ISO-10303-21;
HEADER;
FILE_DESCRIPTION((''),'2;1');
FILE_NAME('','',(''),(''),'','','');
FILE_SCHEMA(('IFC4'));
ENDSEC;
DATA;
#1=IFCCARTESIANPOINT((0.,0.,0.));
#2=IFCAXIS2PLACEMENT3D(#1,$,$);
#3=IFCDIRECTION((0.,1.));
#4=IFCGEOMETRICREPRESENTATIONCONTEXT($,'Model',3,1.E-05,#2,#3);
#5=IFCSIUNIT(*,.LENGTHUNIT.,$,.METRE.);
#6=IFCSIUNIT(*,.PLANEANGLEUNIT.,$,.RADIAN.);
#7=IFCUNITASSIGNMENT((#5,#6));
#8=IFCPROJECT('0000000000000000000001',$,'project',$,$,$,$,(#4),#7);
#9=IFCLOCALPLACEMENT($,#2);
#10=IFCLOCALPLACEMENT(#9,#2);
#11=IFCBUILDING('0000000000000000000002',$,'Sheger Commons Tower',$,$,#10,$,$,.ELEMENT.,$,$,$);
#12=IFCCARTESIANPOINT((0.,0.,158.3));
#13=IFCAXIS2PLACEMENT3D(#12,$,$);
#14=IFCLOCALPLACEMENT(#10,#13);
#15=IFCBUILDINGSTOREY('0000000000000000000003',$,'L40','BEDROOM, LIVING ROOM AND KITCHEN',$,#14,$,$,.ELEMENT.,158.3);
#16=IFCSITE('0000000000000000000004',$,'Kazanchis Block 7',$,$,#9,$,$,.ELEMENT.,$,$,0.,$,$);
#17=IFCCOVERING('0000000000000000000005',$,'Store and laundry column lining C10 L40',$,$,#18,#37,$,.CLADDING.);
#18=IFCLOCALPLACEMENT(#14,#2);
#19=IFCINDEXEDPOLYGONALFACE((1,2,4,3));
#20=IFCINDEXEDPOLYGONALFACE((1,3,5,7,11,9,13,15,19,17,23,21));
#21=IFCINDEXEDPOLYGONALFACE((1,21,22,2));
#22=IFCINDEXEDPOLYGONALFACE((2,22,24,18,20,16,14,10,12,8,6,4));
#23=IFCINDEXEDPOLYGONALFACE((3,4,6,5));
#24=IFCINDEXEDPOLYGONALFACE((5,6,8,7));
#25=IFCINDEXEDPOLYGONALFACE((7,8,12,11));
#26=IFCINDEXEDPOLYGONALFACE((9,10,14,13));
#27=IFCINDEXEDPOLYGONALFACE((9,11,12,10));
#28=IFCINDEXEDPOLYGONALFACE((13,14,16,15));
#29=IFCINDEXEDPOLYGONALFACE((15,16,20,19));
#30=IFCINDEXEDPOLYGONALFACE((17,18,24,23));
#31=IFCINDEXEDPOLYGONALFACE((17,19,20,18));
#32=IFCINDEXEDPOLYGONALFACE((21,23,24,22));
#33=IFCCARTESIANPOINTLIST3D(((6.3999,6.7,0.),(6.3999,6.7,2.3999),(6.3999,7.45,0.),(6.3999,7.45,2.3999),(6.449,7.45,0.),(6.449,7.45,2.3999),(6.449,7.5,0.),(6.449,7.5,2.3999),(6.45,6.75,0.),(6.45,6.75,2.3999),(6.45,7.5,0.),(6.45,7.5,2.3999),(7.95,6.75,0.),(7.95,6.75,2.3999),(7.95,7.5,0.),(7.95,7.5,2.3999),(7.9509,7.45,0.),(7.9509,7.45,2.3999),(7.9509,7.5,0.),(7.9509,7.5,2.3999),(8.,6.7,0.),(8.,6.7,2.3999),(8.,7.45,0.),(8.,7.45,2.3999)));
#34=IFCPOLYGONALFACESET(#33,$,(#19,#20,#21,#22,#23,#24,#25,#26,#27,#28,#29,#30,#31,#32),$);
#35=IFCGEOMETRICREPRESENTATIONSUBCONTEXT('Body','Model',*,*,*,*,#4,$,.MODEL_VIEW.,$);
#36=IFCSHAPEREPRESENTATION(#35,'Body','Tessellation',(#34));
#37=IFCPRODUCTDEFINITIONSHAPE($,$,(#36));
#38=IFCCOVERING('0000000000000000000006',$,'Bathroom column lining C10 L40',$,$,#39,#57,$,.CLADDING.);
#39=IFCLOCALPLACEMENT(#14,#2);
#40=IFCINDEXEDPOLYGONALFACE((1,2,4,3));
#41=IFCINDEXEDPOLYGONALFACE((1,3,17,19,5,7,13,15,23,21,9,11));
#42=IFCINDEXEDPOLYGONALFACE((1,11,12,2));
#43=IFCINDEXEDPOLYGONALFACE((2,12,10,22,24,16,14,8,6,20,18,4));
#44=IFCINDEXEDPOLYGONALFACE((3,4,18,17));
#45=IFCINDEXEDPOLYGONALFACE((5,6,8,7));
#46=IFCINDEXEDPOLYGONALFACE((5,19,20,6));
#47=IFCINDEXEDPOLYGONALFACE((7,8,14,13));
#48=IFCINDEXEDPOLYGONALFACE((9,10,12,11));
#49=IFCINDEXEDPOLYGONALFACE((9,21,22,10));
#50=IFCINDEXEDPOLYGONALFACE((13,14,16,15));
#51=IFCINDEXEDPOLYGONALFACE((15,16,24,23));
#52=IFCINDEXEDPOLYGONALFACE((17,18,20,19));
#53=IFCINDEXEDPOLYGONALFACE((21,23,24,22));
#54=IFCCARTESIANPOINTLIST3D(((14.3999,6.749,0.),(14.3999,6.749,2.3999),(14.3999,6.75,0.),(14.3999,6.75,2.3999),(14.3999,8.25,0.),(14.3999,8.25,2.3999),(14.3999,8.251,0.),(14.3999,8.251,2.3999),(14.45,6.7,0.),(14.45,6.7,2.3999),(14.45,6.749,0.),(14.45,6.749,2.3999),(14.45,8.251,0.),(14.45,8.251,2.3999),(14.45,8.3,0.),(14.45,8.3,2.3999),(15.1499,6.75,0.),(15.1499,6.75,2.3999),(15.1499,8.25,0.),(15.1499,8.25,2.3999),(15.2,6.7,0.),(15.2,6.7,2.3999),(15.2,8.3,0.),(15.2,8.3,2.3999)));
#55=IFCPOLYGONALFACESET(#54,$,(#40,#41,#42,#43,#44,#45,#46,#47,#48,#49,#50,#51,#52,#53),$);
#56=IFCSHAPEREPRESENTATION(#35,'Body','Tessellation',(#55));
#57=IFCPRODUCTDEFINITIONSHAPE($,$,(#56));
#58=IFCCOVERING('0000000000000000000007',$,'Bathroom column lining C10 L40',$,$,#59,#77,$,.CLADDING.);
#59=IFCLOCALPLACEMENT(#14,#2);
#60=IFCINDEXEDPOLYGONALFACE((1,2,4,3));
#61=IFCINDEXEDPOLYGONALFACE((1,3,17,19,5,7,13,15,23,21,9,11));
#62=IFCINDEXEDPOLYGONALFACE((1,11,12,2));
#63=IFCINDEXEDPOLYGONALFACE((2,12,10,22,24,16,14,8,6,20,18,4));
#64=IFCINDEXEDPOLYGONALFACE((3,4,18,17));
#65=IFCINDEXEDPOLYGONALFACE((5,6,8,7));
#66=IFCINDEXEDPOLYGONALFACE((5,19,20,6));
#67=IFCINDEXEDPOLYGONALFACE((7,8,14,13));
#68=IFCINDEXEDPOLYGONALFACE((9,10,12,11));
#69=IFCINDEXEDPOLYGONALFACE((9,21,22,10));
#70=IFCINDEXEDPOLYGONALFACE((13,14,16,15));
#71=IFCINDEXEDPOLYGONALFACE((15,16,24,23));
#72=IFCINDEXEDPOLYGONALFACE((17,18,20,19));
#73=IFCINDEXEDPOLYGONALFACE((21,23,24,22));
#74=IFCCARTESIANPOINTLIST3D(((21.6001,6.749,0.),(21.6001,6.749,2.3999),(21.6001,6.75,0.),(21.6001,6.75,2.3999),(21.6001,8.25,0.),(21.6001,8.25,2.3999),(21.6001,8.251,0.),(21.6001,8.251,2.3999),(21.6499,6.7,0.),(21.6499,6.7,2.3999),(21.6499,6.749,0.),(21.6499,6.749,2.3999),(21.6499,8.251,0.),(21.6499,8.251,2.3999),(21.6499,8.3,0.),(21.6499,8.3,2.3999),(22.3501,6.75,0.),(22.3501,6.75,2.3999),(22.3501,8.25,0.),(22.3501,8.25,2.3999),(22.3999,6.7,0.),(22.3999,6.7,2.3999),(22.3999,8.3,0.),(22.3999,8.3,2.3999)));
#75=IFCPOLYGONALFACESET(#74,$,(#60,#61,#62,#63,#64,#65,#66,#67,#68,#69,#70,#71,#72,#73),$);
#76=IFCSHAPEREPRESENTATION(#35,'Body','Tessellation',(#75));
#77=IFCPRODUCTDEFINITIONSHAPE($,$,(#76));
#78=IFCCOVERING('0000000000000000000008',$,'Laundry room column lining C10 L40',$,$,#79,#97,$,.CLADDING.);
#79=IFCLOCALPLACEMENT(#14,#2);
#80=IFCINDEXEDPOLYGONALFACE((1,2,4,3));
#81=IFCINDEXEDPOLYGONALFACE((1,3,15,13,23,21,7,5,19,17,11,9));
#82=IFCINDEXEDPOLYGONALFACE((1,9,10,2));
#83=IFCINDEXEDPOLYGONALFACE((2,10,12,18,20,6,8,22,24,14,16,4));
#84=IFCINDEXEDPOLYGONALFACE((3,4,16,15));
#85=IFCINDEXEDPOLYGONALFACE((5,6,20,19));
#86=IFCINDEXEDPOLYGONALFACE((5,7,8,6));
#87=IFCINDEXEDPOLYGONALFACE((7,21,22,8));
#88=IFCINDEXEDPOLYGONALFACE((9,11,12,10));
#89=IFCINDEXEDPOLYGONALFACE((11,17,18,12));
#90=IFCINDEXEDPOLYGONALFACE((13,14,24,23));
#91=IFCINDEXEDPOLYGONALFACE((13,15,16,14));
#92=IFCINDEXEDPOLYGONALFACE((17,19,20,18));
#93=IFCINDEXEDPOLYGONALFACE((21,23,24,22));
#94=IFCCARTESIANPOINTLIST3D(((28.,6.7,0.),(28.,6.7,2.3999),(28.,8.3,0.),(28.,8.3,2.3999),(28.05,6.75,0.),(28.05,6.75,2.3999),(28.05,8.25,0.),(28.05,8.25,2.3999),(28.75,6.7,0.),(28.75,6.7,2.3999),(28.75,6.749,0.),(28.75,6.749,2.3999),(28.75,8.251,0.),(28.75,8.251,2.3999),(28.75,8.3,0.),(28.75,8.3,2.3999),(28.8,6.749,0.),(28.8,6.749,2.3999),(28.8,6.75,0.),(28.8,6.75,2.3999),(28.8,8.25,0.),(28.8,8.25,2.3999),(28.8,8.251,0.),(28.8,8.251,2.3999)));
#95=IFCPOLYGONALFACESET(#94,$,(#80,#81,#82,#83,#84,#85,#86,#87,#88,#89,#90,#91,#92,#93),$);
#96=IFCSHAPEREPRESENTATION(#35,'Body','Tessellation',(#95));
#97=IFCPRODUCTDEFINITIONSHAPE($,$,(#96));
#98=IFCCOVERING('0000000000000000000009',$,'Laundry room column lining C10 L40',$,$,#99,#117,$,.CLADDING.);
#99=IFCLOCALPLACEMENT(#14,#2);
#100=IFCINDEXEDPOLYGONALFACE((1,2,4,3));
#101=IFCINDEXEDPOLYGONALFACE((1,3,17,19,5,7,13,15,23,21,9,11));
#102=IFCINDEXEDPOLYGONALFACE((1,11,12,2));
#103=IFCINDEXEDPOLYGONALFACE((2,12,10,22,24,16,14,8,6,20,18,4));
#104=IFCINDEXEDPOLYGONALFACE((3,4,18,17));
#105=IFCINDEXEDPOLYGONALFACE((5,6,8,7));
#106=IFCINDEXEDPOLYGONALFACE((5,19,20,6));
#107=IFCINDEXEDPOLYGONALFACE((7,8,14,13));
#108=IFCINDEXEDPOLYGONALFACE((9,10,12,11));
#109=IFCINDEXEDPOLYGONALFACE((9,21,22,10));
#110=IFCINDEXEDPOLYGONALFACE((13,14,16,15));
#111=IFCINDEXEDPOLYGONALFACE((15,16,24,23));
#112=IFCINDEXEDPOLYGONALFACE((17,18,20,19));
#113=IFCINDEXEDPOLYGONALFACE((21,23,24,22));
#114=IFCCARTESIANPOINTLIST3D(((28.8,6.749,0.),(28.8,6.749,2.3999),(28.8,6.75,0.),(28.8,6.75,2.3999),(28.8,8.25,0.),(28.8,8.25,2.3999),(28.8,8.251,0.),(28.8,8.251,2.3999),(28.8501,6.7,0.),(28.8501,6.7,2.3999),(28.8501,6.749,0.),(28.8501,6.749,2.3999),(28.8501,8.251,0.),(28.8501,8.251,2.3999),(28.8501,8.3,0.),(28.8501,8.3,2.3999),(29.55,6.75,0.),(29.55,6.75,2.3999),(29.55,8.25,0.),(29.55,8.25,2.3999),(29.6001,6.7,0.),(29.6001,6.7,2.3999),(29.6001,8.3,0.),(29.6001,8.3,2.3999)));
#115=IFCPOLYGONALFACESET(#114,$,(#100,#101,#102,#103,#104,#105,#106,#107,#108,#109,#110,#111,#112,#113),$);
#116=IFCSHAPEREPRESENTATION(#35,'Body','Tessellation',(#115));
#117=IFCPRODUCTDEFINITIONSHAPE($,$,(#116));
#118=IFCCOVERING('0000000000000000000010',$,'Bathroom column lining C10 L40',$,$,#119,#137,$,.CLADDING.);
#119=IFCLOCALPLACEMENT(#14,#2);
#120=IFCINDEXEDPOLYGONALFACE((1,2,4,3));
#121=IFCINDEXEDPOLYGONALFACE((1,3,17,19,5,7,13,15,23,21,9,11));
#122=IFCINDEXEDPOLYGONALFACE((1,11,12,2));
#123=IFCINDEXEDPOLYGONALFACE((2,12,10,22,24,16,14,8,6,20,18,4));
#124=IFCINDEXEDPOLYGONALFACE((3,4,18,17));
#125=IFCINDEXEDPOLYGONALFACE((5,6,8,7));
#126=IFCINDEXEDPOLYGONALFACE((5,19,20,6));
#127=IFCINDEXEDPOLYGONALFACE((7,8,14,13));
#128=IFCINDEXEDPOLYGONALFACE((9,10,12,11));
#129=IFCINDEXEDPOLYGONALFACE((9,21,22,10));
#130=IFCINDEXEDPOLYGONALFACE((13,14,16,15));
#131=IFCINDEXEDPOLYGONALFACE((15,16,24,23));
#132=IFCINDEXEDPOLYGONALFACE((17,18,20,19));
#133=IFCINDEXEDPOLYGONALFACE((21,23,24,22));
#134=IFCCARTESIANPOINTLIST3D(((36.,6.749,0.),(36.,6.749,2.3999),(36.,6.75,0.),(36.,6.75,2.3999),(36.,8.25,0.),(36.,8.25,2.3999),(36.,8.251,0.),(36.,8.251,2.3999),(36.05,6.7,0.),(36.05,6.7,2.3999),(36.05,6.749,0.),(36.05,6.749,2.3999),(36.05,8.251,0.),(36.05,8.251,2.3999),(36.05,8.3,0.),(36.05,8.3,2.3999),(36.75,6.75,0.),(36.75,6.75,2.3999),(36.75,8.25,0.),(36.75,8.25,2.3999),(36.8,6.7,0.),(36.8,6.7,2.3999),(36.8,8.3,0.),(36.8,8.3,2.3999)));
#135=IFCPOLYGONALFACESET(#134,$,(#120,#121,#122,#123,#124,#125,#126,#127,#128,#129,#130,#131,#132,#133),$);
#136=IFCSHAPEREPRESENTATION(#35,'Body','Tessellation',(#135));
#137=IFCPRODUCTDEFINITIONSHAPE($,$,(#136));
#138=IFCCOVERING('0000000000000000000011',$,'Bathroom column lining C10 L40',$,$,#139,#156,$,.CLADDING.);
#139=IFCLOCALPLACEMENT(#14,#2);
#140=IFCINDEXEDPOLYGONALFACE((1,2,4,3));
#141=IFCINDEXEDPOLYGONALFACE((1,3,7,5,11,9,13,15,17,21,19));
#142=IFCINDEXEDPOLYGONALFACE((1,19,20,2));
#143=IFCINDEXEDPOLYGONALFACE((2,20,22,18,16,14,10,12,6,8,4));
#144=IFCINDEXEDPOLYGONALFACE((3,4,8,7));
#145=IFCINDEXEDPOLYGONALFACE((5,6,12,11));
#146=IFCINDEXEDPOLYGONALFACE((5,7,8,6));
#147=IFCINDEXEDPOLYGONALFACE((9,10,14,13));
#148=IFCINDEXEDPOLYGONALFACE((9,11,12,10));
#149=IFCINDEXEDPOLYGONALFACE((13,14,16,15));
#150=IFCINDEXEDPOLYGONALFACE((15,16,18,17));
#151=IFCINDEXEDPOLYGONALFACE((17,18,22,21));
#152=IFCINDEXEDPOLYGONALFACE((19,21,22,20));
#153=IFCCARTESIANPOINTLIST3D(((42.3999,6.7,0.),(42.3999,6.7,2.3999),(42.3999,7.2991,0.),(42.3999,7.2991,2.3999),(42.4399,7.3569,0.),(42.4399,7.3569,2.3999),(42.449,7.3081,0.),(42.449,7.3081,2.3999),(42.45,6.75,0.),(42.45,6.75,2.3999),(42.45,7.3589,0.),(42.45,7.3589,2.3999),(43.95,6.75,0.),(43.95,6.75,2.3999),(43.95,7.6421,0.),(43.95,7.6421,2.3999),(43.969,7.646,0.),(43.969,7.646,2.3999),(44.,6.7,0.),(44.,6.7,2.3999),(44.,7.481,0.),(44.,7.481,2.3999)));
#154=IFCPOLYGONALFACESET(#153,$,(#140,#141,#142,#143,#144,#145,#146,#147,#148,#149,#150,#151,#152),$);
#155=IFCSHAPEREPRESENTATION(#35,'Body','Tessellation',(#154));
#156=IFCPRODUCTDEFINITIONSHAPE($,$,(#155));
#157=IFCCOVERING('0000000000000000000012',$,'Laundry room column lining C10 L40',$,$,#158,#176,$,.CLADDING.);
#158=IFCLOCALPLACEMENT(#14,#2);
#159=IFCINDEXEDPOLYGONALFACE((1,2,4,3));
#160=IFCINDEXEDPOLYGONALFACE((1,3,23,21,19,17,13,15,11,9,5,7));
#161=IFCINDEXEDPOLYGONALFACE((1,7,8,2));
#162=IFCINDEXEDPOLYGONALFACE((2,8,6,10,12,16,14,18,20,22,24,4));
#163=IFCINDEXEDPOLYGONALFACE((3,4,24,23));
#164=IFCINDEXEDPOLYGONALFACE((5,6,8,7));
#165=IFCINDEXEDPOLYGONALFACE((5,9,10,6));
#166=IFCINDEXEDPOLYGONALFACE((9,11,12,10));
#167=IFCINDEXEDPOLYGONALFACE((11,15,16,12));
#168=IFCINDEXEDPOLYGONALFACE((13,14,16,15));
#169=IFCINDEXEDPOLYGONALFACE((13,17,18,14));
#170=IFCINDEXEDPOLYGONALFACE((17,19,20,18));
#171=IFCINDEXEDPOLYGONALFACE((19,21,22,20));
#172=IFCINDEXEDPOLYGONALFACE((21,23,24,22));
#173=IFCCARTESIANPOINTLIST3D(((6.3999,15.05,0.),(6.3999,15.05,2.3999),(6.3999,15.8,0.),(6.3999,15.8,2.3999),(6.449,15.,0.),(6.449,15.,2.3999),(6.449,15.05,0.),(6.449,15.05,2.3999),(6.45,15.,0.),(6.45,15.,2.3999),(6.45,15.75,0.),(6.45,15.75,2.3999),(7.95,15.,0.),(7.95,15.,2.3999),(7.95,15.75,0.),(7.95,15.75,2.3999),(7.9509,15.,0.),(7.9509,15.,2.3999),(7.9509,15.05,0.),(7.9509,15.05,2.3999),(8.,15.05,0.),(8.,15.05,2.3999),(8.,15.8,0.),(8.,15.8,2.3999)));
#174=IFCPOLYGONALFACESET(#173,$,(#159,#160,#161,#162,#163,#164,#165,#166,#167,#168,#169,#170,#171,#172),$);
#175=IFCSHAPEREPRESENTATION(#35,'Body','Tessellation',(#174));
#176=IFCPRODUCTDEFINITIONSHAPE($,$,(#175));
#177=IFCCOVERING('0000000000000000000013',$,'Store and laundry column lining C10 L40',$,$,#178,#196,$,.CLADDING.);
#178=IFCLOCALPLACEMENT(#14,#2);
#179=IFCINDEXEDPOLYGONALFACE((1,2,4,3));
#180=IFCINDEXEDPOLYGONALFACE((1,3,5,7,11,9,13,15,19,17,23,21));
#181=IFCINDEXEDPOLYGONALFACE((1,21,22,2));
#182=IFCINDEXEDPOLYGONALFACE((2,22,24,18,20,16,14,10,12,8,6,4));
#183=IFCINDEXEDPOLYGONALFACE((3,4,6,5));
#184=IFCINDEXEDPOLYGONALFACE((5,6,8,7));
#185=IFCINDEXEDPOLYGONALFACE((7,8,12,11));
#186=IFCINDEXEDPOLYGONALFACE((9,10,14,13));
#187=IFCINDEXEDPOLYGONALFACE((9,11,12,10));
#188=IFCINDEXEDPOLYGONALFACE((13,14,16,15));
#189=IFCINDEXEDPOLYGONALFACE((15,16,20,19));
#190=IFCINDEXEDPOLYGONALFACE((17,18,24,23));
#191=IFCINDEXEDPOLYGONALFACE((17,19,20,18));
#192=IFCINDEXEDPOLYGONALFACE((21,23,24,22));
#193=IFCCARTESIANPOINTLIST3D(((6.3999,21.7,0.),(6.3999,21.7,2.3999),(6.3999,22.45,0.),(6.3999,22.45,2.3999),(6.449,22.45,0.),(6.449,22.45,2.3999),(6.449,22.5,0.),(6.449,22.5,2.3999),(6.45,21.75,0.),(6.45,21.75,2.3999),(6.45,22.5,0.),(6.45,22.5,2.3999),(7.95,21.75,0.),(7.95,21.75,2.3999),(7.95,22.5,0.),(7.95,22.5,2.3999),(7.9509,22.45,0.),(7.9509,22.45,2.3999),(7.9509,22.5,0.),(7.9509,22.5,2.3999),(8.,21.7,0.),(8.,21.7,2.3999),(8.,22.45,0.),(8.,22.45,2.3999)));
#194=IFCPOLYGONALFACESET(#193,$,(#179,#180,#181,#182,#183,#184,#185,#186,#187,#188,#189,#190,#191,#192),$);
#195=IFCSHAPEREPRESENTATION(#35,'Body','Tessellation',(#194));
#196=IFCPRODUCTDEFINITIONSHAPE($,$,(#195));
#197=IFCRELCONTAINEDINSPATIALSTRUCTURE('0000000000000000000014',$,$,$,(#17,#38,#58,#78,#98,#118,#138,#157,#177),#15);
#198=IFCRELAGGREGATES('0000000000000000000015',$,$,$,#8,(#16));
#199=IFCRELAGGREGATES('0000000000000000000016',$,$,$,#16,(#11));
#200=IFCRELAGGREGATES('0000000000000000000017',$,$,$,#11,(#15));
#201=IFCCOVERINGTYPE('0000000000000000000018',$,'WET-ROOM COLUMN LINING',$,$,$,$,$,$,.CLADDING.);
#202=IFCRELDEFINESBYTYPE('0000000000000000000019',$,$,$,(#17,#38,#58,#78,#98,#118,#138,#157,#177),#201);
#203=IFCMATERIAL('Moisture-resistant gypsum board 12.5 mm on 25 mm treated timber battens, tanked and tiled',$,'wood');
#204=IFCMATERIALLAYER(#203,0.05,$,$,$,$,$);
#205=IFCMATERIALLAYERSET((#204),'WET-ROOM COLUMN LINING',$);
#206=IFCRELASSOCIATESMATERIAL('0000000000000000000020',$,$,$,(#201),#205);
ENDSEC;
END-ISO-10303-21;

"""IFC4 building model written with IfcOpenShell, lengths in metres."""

from ifc_helpers import new_model, si_unit, direction, frame, origin, place, context, subcontext, project, spatial, polyline, outline, extrude, material, layer, layer_set, type_object, element, save


model = new_model("IFC4")

# Units and contexts
model_context = context("Model", 3, precision=1e-05, world=origin(), true_north=direction((0.0, 1.0)))
body_context = subcontext(model_context, "Body", "Model", "MODEL_VIEW")
ifc_project = project(units=[si_unit("LENGTHUNIT", "METRE"), si_unit("PLANEANGLEUNIT", "RADIAN")], contexts=[model_context])

# Site, building, storey
site_placement = place(None, origin())
site = spatial("IfcSite", under=ifc_project, at=site_placement, Name="Kazanchis Block 7", CompositionType="ELEMENT", RefElevation=0.0)
building_placement = place(site_placement, origin())
building = spatial("IfcBuilding", under=site, at=building_placement, Name="Sheger Commons Tower", CompositionType="ELEMENT")
storey_placement = place(building_placement, frame((0.0, 0.0, 158.3)))
storey = spatial("IfcBuildingStorey", under=building, at=storey_placement, Name="L40", Description="BEDROOM, LIVING ROOM AND KITCHEN", CompositionType="ELEMENT", Elevation=158.3)

# Coverings
ifc_material_1 = material(Name="Moisture-resistant gypsum board 12.5 mm on 25 mm treated timber battens, tanked and tiled", Category="wood")
ifc_layer_1 = layer(ifc_material_1, 0.05)
ifc_layer_set_1 = layer_set([ifc_layer_1], Name="WET-ROOM COLUMN LINING")
covering_type_1 = type_object("IfcCoveringType", Name="WET-ROOM COLUMN LINING", PredefinedType="CLADDING", material=ifc_layer_set_1)
covering_1_placement = place(storey_placement, origin())
element("IfcCovering", 1, at=covering_1_placement, inside=storey, type_object=covering_type_1, Name="Store and laundry column lining C10 L40", PredefinedType="CLADDING", context=body_context, shape_type="SweptSolid", body=[
    extrude(outline(polyline([(6.45, 7.5), (6.45, 6.75), (7.95, 6.75), (7.95, 7.5), (7.9509, 7.5), (7.9509, 7.45), (8.0, 7.45), (8.0, 6.7), (6.3999, 6.7), (6.3999, 7.45), (6.449, 7.45), (6.449, 7.5), (6.45, 7.5)])), origin(), (0.0, 0.0, 1.0), 2.3999),
])
covering_2_placement = place(storey_placement, origin())
element("IfcCovering", 2, at=covering_2_placement, inside=storey, type_object=covering_type_1, Name="Bathroom column lining C10 L40", PredefinedType="CLADDING", context=body_context, shape_type="SweptSolid", body=[
    extrude(outline(polyline([(15.2, 6.7), (14.45, 6.7), (14.45, 6.749), (14.3999, 6.749), (14.3999, 6.75), (15.1499, 6.75), (15.1499, 8.25), (14.3999, 8.25), (14.3999, 8.251), (14.45, 8.251), (14.45, 8.3), (15.2, 8.3), (15.2, 6.7)])), origin(), (0.0, 0.0, 1.0), 2.3999),
])
covering_3_placement = place(storey_placement, origin())
element("IfcCovering", 3, at=covering_3_placement, inside=storey, type_object=covering_type_1, Name="Bathroom column lining C10 L40", PredefinedType="CLADDING", context=body_context, shape_type="SweptSolid", body=[
    extrude(outline(polyline([(22.3999, 6.7), (21.6499, 6.7), (21.6499, 6.749), (21.6001, 6.749), (21.6001, 6.75), (22.3501, 6.75), (22.3501, 8.25), (21.6001, 8.25), (21.6001, 8.251), (21.6499, 8.251), (21.6499, 8.3), (22.3999, 8.3), (22.3999, 6.7)])), origin(), (0.0, 0.0, 1.0), 2.3999),
])
covering_4_placement = place(storey_placement, origin())
element("IfcCovering", 4, at=covering_4_placement, inside=storey, type_object=covering_type_1, Name="Laundry room column lining C10 L40", PredefinedType="CLADDING", context=body_context, shape_type="SweptSolid", body=[
    extrude(outline(polyline([(28.75, 8.3), (28.75, 8.251), (28.8, 8.251), (28.8, 8.25), (28.05, 8.25), (28.05, 6.75), (28.8, 6.75), (28.8, 6.749), (28.75, 6.749), (28.75, 6.7), (28.0, 6.7), (28.0, 8.3), (28.75, 8.3)])), origin(), (0.0, 0.0, 1.0), 2.3999),
])
covering_5_placement = place(storey_placement, origin())
element("IfcCovering", 5, at=covering_5_placement, inside=storey, type_object=covering_type_1, Name="Laundry room column lining C10 L40", PredefinedType="CLADDING", context=body_context, shape_type="SweptSolid", body=[
    extrude(outline(polyline([(29.6001, 6.7), (28.8501, 6.7), (28.8501, 6.749), (28.8, 6.749), (28.8, 6.75), (29.55, 6.75), (29.55, 8.25), (28.8, 8.25), (28.8, 8.251), (28.8501, 8.251), (28.8501, 8.3), (29.6001, 8.3), (29.6001, 6.7)])), origin(), (0.0, 0.0, 1.0), 2.3999),
])
covering_6_placement = place(storey_placement, origin())
element("IfcCovering", 6, at=covering_6_placement, inside=storey, type_object=covering_type_1, Name="Bathroom column lining C10 L40", PredefinedType="CLADDING", context=body_context, shape_type="SweptSolid", body=[
    extrude(outline(polyline([(36.8, 6.7), (36.05, 6.7), (36.05, 6.749), (36.0, 6.749), (36.0, 6.75), (36.75, 6.75), (36.75, 8.25), (36.0, 8.25), (36.0, 8.251), (36.05, 8.251), (36.05, 8.3), (36.8, 8.3), (36.8, 6.7)])), origin(), (0.0, 0.0, 1.0), 2.3999),
])
covering_7_placement = place(storey_placement, origin())
element("IfcCovering", 7, at=covering_7_placement, inside=storey, type_object=covering_type_1, Name="Bathroom column lining C10 L40", PredefinedType="CLADDING", context=body_context, shape_type="SweptSolid", body=[
    extrude(outline(polyline([(42.45, 7.3589), (42.45, 6.75), (43.95, 6.75), (43.95, 7.6421), (43.969, 7.646), (44.0, 7.481), (44.0, 6.7), (42.3999, 6.7), (42.3999, 7.2991), (42.449, 7.3081), (42.4399, 7.3569), (42.45, 7.3589)])), origin(), (0.0, 0.0, 1.0), 2.3999),
])
covering_8_placement = place(storey_placement, origin())
element("IfcCovering", 8, at=covering_8_placement, inside=storey, type_object=covering_type_1, Name="Laundry room column lining C10 L40", PredefinedType="CLADDING", context=body_context, shape_type="SweptSolid", body=[
    extrude(outline(polyline([(8.0, 15.8), (8.0, 15.05), (7.9509, 15.05), (7.9509, 15.0), (7.95, 15.0), (7.95, 15.75), (6.45, 15.75), (6.45, 15.0), (6.449, 15.0), (6.449, 15.05), (6.3999, 15.05), (6.3999, 15.8), (8.0, 15.8)])), origin(), (0.0, 0.0, 1.0), 2.3999),
])
covering_9_placement = place(storey_placement, origin())
element("IfcCovering", 9, at=covering_9_placement, inside=storey, type_object=covering_type_1, Name="Store and laundry column lining C10 L40", PredefinedType="CLADDING", context=body_context, shape_type="SweptSolid", body=[
    extrude(outline(polyline([(6.45, 22.5), (6.45, 21.75), (7.95, 21.75), (7.95, 22.5), (7.9509, 22.5), (7.9509, 22.45), (8.0, 22.45), (8.0, 21.7), (6.3999, 21.7), (6.3999, 22.45), (6.449, 22.45), (6.449, 22.5), (6.45, 22.5)])), origin(), (0.0, 0.0, 1.0), 2.3999),
])

save(model, "model.ifc")
